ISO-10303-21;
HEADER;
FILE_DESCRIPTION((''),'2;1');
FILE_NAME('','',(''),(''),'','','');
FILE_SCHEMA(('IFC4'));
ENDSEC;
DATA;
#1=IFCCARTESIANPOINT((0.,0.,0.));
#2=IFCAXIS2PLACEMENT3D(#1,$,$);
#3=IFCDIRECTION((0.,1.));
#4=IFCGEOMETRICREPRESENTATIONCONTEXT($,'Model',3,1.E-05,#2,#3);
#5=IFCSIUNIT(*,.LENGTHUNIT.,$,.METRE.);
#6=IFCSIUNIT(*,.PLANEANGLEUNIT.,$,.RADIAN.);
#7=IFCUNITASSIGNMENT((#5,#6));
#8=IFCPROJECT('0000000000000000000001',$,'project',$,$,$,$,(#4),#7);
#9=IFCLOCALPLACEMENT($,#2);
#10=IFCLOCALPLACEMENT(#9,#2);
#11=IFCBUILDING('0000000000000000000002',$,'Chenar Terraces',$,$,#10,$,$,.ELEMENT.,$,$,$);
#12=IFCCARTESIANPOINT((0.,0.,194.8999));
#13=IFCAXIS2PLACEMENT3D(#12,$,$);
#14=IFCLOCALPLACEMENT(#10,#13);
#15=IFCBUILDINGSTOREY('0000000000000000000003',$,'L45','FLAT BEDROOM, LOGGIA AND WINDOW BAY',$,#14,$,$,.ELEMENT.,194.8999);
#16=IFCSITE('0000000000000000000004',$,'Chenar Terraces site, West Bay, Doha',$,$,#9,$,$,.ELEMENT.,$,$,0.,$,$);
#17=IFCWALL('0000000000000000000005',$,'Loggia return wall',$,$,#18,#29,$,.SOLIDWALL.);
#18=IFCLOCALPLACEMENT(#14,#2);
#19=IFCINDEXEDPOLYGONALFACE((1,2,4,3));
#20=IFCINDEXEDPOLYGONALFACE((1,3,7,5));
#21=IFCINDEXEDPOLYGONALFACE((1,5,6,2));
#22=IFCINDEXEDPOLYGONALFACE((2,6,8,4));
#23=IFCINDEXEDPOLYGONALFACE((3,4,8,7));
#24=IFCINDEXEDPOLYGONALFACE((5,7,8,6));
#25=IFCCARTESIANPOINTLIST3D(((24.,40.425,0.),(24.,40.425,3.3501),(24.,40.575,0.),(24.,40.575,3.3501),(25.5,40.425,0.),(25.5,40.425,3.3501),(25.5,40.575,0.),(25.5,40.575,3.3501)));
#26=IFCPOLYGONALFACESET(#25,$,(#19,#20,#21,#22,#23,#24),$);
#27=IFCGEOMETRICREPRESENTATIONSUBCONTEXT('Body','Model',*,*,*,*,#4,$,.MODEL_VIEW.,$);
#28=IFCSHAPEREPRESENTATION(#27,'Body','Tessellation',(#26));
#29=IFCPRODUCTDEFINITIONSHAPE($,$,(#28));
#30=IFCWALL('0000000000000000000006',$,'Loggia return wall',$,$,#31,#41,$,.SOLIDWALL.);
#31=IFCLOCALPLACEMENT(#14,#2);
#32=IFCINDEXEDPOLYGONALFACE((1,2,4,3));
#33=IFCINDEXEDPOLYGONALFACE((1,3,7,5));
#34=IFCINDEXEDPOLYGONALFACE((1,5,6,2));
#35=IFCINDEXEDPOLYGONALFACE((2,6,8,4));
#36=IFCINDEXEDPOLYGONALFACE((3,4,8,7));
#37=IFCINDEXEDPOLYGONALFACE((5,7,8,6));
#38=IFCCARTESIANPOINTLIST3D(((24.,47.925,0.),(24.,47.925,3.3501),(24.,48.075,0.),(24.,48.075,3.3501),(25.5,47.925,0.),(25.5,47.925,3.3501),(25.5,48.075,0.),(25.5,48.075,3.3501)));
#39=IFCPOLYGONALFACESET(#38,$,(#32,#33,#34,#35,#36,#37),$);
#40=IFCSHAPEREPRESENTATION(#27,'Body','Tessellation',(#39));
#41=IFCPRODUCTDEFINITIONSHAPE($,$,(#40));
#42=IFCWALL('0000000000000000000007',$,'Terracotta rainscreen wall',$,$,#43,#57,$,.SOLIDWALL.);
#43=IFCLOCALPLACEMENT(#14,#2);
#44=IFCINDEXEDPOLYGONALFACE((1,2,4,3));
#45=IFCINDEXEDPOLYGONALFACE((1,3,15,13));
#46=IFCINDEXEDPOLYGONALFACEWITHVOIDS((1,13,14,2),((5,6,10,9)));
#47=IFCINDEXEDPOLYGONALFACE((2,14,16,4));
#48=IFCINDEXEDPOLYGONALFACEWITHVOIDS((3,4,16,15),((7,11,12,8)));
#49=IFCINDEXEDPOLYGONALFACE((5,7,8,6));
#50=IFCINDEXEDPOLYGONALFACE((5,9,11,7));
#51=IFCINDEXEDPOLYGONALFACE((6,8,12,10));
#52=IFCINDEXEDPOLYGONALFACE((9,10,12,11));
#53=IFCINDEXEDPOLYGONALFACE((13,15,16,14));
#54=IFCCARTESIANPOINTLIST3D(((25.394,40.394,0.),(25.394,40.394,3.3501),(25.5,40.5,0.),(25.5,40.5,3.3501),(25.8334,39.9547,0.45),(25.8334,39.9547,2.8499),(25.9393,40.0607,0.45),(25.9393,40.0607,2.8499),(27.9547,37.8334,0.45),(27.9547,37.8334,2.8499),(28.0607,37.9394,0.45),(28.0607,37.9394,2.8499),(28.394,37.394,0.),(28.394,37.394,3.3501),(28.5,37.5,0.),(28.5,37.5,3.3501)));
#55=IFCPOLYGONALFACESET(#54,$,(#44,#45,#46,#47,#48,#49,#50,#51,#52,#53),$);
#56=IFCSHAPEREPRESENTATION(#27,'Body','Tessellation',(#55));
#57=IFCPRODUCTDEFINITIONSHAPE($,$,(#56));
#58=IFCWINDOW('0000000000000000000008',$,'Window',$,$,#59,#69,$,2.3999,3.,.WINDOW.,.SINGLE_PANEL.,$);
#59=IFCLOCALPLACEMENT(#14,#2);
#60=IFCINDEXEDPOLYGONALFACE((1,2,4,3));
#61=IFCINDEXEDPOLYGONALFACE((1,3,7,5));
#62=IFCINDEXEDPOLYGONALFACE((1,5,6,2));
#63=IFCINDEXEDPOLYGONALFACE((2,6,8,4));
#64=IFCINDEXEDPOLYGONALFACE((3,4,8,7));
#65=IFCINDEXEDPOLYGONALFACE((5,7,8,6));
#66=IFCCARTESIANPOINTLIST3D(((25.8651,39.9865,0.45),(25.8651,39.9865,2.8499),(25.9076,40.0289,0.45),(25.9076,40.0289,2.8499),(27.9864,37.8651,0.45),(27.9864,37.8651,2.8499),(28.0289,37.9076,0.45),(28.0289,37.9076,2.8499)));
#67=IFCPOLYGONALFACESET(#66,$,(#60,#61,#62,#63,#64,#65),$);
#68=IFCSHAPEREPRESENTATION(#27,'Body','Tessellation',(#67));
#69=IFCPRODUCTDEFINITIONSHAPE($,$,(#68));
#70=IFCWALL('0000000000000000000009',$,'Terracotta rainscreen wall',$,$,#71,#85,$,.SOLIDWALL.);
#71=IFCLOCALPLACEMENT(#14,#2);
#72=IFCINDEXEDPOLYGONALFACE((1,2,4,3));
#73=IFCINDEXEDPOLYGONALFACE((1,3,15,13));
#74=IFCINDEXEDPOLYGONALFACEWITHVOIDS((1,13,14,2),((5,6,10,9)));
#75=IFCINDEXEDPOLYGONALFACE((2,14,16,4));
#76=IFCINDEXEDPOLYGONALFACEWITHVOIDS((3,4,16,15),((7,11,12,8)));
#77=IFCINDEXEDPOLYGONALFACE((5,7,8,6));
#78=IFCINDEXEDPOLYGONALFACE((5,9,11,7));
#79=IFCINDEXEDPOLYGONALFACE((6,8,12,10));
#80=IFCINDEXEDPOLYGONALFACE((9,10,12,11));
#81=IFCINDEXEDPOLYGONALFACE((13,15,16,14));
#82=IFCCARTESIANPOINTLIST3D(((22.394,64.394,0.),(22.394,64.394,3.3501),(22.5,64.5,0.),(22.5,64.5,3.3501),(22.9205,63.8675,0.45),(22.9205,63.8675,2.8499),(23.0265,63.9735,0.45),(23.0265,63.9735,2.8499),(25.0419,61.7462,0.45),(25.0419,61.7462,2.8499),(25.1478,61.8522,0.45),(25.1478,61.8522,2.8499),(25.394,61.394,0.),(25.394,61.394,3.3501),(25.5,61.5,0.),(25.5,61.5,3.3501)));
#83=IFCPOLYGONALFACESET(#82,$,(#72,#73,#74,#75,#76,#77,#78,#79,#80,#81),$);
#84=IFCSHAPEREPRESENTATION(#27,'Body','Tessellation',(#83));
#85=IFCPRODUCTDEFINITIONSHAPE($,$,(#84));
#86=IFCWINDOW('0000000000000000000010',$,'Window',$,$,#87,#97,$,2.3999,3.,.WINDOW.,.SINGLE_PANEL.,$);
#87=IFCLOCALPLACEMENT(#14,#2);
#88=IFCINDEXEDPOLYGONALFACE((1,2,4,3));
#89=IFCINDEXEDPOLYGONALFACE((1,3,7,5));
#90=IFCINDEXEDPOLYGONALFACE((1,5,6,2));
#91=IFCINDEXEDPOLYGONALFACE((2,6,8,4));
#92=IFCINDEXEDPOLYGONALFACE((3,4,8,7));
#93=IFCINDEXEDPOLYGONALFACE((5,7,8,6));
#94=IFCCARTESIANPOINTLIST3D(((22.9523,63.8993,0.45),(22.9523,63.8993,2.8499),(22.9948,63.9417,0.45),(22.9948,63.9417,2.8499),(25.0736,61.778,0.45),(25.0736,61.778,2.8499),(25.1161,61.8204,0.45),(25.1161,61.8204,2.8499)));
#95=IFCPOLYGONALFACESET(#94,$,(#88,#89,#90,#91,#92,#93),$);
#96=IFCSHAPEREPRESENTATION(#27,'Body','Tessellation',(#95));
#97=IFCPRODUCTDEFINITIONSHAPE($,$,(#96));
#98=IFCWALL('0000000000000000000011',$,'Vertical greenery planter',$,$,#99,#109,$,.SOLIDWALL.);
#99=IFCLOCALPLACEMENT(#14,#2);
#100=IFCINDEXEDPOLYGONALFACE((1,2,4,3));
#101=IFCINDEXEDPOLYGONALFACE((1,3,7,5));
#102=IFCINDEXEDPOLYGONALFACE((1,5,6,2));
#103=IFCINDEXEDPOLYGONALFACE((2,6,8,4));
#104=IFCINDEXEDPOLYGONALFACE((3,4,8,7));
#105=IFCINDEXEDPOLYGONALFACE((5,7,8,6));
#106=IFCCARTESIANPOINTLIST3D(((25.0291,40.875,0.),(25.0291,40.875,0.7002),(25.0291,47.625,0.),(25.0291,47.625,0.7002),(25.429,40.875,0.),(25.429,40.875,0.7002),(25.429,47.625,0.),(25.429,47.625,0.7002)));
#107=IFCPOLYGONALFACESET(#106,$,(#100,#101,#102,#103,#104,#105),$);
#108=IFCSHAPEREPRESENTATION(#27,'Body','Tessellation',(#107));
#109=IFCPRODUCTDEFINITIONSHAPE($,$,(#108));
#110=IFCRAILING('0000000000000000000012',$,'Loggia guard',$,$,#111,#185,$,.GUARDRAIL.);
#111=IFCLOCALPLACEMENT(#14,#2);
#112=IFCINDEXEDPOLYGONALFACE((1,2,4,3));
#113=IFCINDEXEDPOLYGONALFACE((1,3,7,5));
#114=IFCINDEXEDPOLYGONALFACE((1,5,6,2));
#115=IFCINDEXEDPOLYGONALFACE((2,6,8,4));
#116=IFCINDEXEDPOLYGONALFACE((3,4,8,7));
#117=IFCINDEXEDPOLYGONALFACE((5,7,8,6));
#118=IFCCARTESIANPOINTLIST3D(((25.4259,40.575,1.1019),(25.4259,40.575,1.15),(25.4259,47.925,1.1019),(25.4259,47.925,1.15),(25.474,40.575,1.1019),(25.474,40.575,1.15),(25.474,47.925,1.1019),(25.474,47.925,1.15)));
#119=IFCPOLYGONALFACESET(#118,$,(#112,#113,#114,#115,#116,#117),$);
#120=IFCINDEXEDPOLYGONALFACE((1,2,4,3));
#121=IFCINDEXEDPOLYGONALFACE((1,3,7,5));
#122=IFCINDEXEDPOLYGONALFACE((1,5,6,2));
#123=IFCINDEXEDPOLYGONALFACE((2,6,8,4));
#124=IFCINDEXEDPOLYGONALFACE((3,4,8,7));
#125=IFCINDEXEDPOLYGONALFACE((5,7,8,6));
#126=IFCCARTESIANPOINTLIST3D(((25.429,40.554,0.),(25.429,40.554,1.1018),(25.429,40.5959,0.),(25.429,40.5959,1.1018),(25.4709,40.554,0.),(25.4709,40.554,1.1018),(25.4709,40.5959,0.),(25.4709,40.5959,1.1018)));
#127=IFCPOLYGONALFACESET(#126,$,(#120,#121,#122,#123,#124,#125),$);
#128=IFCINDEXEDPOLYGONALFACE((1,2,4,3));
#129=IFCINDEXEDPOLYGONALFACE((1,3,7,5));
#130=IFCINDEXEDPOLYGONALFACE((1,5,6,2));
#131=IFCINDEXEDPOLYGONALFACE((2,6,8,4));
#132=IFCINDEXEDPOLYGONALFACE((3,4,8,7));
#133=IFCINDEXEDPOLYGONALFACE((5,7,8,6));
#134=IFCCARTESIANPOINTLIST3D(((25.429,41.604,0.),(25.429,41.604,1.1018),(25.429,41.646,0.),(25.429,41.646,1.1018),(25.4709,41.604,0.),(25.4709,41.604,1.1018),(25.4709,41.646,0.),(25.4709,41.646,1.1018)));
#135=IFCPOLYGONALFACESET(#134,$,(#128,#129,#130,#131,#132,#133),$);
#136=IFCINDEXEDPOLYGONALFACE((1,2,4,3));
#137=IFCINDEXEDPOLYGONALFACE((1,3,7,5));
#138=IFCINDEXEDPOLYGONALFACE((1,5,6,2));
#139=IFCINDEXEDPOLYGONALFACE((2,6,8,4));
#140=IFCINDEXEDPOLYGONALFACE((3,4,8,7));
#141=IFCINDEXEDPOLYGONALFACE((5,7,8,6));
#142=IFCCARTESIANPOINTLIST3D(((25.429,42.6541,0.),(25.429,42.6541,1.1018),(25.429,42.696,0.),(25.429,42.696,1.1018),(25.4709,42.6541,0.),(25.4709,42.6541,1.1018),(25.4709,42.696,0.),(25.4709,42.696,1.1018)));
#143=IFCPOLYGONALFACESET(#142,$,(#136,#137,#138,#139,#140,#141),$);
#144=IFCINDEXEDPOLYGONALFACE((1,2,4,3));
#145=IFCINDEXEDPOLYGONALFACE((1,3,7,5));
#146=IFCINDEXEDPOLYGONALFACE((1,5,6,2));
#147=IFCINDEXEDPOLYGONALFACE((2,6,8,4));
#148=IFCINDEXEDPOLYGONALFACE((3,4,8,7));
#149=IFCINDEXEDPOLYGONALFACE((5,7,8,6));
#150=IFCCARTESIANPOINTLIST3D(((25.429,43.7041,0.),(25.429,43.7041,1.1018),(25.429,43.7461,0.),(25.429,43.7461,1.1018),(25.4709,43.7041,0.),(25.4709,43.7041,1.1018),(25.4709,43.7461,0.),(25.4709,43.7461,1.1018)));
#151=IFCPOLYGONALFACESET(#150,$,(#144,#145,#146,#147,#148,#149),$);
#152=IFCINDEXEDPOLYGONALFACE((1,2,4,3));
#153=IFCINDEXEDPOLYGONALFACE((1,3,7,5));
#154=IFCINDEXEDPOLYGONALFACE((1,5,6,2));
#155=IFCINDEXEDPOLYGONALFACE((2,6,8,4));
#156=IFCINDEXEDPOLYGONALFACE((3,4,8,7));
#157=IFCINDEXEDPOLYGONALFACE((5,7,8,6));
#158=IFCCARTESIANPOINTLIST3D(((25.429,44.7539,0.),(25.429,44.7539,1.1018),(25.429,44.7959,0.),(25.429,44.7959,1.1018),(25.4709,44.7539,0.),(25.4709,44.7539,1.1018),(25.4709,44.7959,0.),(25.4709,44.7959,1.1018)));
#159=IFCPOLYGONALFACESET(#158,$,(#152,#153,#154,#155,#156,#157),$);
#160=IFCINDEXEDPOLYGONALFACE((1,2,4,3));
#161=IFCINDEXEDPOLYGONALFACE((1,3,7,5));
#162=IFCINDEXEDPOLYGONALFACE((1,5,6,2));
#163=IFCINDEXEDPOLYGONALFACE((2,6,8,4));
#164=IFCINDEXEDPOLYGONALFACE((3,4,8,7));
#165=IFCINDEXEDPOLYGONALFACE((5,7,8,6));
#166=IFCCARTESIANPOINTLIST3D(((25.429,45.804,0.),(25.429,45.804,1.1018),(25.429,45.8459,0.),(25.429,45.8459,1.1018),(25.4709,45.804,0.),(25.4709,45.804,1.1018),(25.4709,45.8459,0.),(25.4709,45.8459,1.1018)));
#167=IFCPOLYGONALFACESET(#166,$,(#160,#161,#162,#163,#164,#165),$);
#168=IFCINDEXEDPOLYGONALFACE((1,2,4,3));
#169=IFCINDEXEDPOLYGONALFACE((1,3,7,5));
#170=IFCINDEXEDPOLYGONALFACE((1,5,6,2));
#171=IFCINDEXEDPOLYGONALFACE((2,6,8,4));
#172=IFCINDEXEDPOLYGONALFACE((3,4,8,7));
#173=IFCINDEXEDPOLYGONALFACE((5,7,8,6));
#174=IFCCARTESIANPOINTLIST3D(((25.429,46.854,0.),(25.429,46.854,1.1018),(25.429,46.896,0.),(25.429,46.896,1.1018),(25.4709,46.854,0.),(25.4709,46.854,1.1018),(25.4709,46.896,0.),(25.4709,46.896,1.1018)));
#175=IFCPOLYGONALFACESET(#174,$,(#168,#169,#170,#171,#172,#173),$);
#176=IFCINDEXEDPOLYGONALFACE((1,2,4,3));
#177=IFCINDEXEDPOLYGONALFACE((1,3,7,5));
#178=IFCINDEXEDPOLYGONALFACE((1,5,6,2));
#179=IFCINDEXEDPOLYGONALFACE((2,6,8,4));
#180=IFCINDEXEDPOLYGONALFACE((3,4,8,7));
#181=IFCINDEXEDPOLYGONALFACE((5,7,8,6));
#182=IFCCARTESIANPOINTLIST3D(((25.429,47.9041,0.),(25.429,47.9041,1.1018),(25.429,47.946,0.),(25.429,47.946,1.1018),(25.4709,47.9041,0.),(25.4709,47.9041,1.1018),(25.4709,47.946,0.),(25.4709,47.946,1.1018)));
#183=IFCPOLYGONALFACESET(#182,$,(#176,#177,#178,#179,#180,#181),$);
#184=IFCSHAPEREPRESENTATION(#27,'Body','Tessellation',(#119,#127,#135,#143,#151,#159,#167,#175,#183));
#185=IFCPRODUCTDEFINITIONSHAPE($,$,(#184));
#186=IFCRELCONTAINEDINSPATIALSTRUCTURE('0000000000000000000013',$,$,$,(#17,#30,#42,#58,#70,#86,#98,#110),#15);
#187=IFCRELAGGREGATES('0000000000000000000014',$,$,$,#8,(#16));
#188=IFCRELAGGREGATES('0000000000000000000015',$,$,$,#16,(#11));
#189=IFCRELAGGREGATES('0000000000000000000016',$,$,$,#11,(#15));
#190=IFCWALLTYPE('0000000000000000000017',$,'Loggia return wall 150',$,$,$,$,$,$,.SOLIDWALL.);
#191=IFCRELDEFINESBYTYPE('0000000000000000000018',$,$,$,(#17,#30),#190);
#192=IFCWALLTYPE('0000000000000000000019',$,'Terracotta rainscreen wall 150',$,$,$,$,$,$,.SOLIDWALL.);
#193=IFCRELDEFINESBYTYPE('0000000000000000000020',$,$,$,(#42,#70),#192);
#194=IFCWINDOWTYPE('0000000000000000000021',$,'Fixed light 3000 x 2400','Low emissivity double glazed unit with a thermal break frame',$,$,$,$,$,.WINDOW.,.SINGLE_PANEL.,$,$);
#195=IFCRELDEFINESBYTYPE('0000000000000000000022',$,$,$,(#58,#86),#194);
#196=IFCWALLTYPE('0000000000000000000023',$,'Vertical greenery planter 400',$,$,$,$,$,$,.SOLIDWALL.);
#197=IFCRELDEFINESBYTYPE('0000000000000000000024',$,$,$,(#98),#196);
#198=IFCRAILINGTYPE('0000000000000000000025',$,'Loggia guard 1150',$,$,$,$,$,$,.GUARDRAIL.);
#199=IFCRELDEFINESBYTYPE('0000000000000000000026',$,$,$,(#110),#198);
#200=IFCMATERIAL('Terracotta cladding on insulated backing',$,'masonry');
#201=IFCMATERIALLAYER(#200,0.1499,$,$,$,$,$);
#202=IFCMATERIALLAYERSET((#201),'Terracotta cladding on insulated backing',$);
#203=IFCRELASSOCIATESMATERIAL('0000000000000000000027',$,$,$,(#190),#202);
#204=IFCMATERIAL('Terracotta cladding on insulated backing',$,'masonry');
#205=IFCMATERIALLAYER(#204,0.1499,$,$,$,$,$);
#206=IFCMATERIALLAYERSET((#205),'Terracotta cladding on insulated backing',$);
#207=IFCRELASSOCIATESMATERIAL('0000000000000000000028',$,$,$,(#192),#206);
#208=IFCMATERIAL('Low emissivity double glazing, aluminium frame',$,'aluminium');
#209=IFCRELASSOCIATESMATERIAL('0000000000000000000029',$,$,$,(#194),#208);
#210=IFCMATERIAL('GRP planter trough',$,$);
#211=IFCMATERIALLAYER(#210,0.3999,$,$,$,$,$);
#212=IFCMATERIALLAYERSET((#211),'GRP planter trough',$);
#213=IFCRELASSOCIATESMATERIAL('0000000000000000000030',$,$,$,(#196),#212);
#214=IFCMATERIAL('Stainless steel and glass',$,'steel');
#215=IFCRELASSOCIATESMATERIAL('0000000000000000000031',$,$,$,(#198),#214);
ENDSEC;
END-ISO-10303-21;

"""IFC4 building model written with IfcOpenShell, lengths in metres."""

from ifc_helpers import new_model, si_unit, direction, frame, frame_2d, origin, origin_2d, place, context, subcontext, project, spatial, rectangle, extrude, material, layer, layer_set, type_object, element, fill, save


model = new_model("IFC4")

# Units and contexts
model_context = context("Model", 3, precision=1e-05, world=origin(), true_north=direction((0.0, 1.0)))
body_context = subcontext(model_context, "Body", "Model", "MODEL_VIEW")
ifc_project = project(units=[si_unit("LENGTHUNIT", "METRE"), si_unit("PLANEANGLEUNIT", "RADIAN")], contexts=[model_context])

# Site, building, storey
site_placement = place(None, origin())
site = spatial("IfcSite", under=ifc_project, at=site_placement, Name="Chenar Terraces site, West Bay, Doha", CompositionType="ELEMENT", RefElevation=0.0)
building_placement = place(site_placement, origin())
building = spatial("IfcBuilding", under=site, at=building_placement, Name="Chenar Terraces", CompositionType="ELEMENT")
storey_placement = place(building_placement, frame((0.0, 0.0, 194.8999)))
storey = spatial("IfcBuildingStorey", under=building, at=storey_placement, Name="L45", Description="FLAT BEDROOM, LOGGIA AND WINDOW BAY", CompositionType="ELEMENT", Elevation=194.8999)

# Walls
ifc_material_1 = material(Name="Terracotta cladding on insulated backing", Category="masonry")
ifc_layer_1 = layer(ifc_material_1, 0.1499)
ifc_layer_set_1 = layer_set([ifc_layer_1], Name="Terracotta cladding on insulated backing")
wall_type_1 = type_object("IfcWallType", Name="Loggia return wall 150", PredefinedType="SOLIDWALL", material=ifc_layer_set_1)
for number, where, z_axis, x_axis, name in (
    (1, (25.5, 40.5, 0.0), (0.0, 0.0, 1.0), (-1.0, 0.0, 0.0), "Loggia return wall"),
    (2, (25.5, 48.0, 0.0), (0.0, 0.0, 1.0), (-1.0, 0.0, 0.0), "Loggia return wall"),
):
    element("IfcWall", number, at=place(storey_placement, frame(where, z_axis=z_axis, x_axis=x_axis)), inside=storey, type_object=wall_type_1, Name=name, PredefinedType="SOLIDWALL", context=body_context, shape_type="SweptSolid", body=[
        extrude(rectangle(XDim=1.5, YDim=0.1499, at=frame_2d((0.75, 0.0))), origin(), (0.0, 0.0, 1.0), 3.3501),
    ])

# Walls, openings, windows
ifc_material_2 = material(Name="Terracotta cladding on insulated backing", Category="masonry")
ifc_layer_2 = layer(ifc_material_2, 0.1499)
ifc_layer_set_2 = layer_set([ifc_layer_2], Name="Terracotta cladding on insulated backing")
wall_type_2 = type_object("IfcWallType", Name="Terracotta rainscreen wall 150", PredefinedType="SOLIDWALL", material=ifc_layer_set_2)
wall_1_placement = place(storey_placement, frame((28.447, 37.447, 0.0), z_axis=(0.0, 0.0, 1.0), x_axis=(-0.707107, 0.707107, 0.0)))
wall_1 = element("IfcWall", 3, at=wall_1_placement, inside=storey, type_object=wall_type_2, Name="Terracotta rainscreen wall", PredefinedType="SOLIDWALL", context=body_context, shape_type="SweptSolid", body=[
    extrude(rectangle(XDim=4.2427, YDim=0.1499, at=frame_2d((2.1213, 0.0))), origin(), (0.0, 0.0, 1.0), 3.3501),
])
opening_1_placement = place(wall_1_placement, frame((0.6213, 0.0, 0.45)))
opening_1 = element("IfcOpeningElement", 4, at=opening_1_placement, cuts=wall_1, PredefinedType="OPENING", context=body_context, shape_type="SweptSolid", body=[
    extrude(rectangle(XDim=3.0, YDim=2.3999, at=frame_2d((1.5, 1.2))), frame((0.0, 0.085, 0.0), z_axis=(0.0, -1.0, 0.0), x_axis=(1.0, 0.0, 0.0)), (0.0, 0.0, 1.0), 0.1699),
])
ifc_material_3 = material(Name="Low emissivity double glazing, aluminium frame", Category="aluminium")
window_type_1 = type_object("IfcWindowType", Name="Fixed light 3000 x 2400", Description="Low emissivity double glazed unit with a thermal break frame", PartitioningType="SINGLE_PANEL", PredefinedType="WINDOW", material=ifc_material_3)
window_1_placement = place(opening_1_placement, origin())
window_1 = element("IfcWindow", 5, at=window_1_placement, inside=storey, type_object=window_type_1, Name="Window", OverallHeight=2.3999, OverallWidth=3.0, PartitioningType="SINGLE_PANEL", PredefinedType="WINDOW", context=body_context, shape_type="SweptSolid", body=[
    extrude(rectangle(XDim=3.0, YDim=2.3999, at=frame_2d((1.5, 1.2))), frame((0.0, 0.03, 0.0), z_axis=(0.0, -1.0, 0.0), x_axis=(1.0, 0.0, 0.0)), (0.0, 0.0, 1.0), 0.0601),
])
fill(opening_1, window_1)
wall_2_placement = place(storey_placement, frame((25.447, 61.447, 0.0), z_axis=(0.0, 0.0, 1.0), x_axis=(-0.707107, 0.707107, 0.0)))
wall_2 = element("IfcWall", 6, at=wall_2_placement, inside=storey, type_object=wall_type_2, Name="Terracotta rainscreen wall", PredefinedType="SOLIDWALL", context=body_context, shape_type="SweptSolid", body=[
    extrude(rectangle(XDim=4.2427, YDim=0.1499, at=frame_2d((2.1213, 0.0))), origin(), (0.0, 0.0, 1.0), 3.3501),
])
opening_2_placement = place(wall_2_placement, frame((0.498, 0.0, 0.45)))
opening_2 = element("IfcOpeningElement", 7, at=opening_2_placement, cuts=wall_2, PredefinedType="OPENING", context=body_context, shape_type="SweptSolid", body=[
    extrude(rectangle(XDim=3.0, YDim=2.3999, at=frame_2d((1.5, 1.2))), frame((0.0, 0.085, 0.0), z_axis=(0.0, -1.0, 0.0), x_axis=(1.0, 0.0, 0.0)), (0.0, 0.0, 1.0), 0.1699),
])
window_2_placement = place(opening_2_placement, origin())
window_2 = element("IfcWindow", 8, at=window_2_placement, inside=storey, type_object=window_type_1, Name="Window", OverallHeight=2.3999, OverallWidth=3.0, PartitioningType="SINGLE_PANEL", PredefinedType="WINDOW", context=body_context, shape_type="SweptSolid", body=[
    extrude(rectangle(XDim=3.0, YDim=2.3999, at=frame_2d((1.5, 1.2))), frame((0.0, 0.03, 0.0), z_axis=(0.0, -1.0, 0.0), x_axis=(1.0, 0.0, 0.0)), (0.0, 0.0, 1.0), 0.0601),
])
fill(opening_2, window_2)

# Wall
ifc_material_4 = material(Name="GRP planter trough")
ifc_layer_3 = layer(ifc_material_4, 0.3999)
ifc_layer_set_3 = layer_set([ifc_layer_3], Name="GRP planter trough")
wall_type_3 = type_object("IfcWallType", Name="Vertical greenery planter 400", PredefinedType="SOLIDWALL", material=ifc_layer_set_3)
wall_3_placement = place(storey_placement, frame((25.229, 40.875, 0.0), z_axis=(0.0, 0.0, 1.0), x_axis=(0.0, 1.0, 0.0)))
element("IfcWall", 9, at=wall_3_placement, inside=storey, type_object=wall_type_3, Name="Vertical greenery planter", PredefinedType="SOLIDWALL", context=body_context, shape_type="SweptSolid", body=[
    extrude(rectangle(XDim=6.75, YDim=0.3999, at=frame_2d((3.375, 0.0))), origin(), (0.0, 0.0, 1.0), 0.7002),
])

# Railing
ifc_material_5 = material(Name="Stainless steel and glass", Category="steel")
railing_type = type_object("IfcRailingType", Name="Loggia guard 1150", PredefinedType="GUARDRAIL", material=ifc_material_5)
railing_placement = place(storey_placement, frame((25.45, 40.575, 0.0)))
element("IfcRailing", 10, at=railing_placement, inside=storey, type_object=railing_type, Name="Loggia guard", PredefinedType="GUARDRAIL", context=body_context, shape_type="SweptSolid", body=[
    extrude(rectangle(XDim=0.0481, YDim=0.0481, at=origin_2d()), frame((0.0, 0.0, 1.126), z_axis=(0.0, 1.0, 0.0), x_axis=(-1.0, 0.0, 0.0)), (0.0, 0.0, 1.0), 7.3501),
    extrude(rectangle(XDim=0.042, YDim=0.042, at=origin_2d()), origin(), (0.0, 0.0, 1.0), 1.1018),
    extrude(rectangle(XDim=0.042, YDim=0.042, at=origin_2d()), frame((0.0, 1.05, 0.0)), (0.0, 0.0, 1.0), 1.1018),
    extrude(rectangle(XDim=0.042, YDim=0.042, at=origin_2d()), frame((0.0, 2.1001, 0.0)), (0.0, 0.0, 1.0), 1.1018),
    extrude(rectangle(XDim=0.042, YDim=0.042, at=origin_2d()), frame((0.0, 3.1501, 0.0)), (0.0, 0.0, 1.0), 1.1018),
    extrude(rectangle(XDim=0.042, YDim=0.042, at=origin_2d()), frame((0.0, 4.2, 0.0)), (0.0, 0.0, 1.0), 1.1018),
    extrude(rectangle(XDim=0.042, YDim=0.042, at=origin_2d()), frame((0.0, 5.25, 0.0)), (0.0, 0.0, 1.0), 1.1018),
    extrude(rectangle(XDim=0.042, YDim=0.042, at=origin_2d()), frame((0.0, 6.3, 0.0)), (0.0, 0.0, 1.0), 1.1018),
    extrude(rectangle(XDim=0.042, YDim=0.042, at=origin_2d()), frame((0.0, 7.3501, 0.0)), (0.0, 0.0, 1.0), 1.1018),
])

save(model, "model.ifc")
